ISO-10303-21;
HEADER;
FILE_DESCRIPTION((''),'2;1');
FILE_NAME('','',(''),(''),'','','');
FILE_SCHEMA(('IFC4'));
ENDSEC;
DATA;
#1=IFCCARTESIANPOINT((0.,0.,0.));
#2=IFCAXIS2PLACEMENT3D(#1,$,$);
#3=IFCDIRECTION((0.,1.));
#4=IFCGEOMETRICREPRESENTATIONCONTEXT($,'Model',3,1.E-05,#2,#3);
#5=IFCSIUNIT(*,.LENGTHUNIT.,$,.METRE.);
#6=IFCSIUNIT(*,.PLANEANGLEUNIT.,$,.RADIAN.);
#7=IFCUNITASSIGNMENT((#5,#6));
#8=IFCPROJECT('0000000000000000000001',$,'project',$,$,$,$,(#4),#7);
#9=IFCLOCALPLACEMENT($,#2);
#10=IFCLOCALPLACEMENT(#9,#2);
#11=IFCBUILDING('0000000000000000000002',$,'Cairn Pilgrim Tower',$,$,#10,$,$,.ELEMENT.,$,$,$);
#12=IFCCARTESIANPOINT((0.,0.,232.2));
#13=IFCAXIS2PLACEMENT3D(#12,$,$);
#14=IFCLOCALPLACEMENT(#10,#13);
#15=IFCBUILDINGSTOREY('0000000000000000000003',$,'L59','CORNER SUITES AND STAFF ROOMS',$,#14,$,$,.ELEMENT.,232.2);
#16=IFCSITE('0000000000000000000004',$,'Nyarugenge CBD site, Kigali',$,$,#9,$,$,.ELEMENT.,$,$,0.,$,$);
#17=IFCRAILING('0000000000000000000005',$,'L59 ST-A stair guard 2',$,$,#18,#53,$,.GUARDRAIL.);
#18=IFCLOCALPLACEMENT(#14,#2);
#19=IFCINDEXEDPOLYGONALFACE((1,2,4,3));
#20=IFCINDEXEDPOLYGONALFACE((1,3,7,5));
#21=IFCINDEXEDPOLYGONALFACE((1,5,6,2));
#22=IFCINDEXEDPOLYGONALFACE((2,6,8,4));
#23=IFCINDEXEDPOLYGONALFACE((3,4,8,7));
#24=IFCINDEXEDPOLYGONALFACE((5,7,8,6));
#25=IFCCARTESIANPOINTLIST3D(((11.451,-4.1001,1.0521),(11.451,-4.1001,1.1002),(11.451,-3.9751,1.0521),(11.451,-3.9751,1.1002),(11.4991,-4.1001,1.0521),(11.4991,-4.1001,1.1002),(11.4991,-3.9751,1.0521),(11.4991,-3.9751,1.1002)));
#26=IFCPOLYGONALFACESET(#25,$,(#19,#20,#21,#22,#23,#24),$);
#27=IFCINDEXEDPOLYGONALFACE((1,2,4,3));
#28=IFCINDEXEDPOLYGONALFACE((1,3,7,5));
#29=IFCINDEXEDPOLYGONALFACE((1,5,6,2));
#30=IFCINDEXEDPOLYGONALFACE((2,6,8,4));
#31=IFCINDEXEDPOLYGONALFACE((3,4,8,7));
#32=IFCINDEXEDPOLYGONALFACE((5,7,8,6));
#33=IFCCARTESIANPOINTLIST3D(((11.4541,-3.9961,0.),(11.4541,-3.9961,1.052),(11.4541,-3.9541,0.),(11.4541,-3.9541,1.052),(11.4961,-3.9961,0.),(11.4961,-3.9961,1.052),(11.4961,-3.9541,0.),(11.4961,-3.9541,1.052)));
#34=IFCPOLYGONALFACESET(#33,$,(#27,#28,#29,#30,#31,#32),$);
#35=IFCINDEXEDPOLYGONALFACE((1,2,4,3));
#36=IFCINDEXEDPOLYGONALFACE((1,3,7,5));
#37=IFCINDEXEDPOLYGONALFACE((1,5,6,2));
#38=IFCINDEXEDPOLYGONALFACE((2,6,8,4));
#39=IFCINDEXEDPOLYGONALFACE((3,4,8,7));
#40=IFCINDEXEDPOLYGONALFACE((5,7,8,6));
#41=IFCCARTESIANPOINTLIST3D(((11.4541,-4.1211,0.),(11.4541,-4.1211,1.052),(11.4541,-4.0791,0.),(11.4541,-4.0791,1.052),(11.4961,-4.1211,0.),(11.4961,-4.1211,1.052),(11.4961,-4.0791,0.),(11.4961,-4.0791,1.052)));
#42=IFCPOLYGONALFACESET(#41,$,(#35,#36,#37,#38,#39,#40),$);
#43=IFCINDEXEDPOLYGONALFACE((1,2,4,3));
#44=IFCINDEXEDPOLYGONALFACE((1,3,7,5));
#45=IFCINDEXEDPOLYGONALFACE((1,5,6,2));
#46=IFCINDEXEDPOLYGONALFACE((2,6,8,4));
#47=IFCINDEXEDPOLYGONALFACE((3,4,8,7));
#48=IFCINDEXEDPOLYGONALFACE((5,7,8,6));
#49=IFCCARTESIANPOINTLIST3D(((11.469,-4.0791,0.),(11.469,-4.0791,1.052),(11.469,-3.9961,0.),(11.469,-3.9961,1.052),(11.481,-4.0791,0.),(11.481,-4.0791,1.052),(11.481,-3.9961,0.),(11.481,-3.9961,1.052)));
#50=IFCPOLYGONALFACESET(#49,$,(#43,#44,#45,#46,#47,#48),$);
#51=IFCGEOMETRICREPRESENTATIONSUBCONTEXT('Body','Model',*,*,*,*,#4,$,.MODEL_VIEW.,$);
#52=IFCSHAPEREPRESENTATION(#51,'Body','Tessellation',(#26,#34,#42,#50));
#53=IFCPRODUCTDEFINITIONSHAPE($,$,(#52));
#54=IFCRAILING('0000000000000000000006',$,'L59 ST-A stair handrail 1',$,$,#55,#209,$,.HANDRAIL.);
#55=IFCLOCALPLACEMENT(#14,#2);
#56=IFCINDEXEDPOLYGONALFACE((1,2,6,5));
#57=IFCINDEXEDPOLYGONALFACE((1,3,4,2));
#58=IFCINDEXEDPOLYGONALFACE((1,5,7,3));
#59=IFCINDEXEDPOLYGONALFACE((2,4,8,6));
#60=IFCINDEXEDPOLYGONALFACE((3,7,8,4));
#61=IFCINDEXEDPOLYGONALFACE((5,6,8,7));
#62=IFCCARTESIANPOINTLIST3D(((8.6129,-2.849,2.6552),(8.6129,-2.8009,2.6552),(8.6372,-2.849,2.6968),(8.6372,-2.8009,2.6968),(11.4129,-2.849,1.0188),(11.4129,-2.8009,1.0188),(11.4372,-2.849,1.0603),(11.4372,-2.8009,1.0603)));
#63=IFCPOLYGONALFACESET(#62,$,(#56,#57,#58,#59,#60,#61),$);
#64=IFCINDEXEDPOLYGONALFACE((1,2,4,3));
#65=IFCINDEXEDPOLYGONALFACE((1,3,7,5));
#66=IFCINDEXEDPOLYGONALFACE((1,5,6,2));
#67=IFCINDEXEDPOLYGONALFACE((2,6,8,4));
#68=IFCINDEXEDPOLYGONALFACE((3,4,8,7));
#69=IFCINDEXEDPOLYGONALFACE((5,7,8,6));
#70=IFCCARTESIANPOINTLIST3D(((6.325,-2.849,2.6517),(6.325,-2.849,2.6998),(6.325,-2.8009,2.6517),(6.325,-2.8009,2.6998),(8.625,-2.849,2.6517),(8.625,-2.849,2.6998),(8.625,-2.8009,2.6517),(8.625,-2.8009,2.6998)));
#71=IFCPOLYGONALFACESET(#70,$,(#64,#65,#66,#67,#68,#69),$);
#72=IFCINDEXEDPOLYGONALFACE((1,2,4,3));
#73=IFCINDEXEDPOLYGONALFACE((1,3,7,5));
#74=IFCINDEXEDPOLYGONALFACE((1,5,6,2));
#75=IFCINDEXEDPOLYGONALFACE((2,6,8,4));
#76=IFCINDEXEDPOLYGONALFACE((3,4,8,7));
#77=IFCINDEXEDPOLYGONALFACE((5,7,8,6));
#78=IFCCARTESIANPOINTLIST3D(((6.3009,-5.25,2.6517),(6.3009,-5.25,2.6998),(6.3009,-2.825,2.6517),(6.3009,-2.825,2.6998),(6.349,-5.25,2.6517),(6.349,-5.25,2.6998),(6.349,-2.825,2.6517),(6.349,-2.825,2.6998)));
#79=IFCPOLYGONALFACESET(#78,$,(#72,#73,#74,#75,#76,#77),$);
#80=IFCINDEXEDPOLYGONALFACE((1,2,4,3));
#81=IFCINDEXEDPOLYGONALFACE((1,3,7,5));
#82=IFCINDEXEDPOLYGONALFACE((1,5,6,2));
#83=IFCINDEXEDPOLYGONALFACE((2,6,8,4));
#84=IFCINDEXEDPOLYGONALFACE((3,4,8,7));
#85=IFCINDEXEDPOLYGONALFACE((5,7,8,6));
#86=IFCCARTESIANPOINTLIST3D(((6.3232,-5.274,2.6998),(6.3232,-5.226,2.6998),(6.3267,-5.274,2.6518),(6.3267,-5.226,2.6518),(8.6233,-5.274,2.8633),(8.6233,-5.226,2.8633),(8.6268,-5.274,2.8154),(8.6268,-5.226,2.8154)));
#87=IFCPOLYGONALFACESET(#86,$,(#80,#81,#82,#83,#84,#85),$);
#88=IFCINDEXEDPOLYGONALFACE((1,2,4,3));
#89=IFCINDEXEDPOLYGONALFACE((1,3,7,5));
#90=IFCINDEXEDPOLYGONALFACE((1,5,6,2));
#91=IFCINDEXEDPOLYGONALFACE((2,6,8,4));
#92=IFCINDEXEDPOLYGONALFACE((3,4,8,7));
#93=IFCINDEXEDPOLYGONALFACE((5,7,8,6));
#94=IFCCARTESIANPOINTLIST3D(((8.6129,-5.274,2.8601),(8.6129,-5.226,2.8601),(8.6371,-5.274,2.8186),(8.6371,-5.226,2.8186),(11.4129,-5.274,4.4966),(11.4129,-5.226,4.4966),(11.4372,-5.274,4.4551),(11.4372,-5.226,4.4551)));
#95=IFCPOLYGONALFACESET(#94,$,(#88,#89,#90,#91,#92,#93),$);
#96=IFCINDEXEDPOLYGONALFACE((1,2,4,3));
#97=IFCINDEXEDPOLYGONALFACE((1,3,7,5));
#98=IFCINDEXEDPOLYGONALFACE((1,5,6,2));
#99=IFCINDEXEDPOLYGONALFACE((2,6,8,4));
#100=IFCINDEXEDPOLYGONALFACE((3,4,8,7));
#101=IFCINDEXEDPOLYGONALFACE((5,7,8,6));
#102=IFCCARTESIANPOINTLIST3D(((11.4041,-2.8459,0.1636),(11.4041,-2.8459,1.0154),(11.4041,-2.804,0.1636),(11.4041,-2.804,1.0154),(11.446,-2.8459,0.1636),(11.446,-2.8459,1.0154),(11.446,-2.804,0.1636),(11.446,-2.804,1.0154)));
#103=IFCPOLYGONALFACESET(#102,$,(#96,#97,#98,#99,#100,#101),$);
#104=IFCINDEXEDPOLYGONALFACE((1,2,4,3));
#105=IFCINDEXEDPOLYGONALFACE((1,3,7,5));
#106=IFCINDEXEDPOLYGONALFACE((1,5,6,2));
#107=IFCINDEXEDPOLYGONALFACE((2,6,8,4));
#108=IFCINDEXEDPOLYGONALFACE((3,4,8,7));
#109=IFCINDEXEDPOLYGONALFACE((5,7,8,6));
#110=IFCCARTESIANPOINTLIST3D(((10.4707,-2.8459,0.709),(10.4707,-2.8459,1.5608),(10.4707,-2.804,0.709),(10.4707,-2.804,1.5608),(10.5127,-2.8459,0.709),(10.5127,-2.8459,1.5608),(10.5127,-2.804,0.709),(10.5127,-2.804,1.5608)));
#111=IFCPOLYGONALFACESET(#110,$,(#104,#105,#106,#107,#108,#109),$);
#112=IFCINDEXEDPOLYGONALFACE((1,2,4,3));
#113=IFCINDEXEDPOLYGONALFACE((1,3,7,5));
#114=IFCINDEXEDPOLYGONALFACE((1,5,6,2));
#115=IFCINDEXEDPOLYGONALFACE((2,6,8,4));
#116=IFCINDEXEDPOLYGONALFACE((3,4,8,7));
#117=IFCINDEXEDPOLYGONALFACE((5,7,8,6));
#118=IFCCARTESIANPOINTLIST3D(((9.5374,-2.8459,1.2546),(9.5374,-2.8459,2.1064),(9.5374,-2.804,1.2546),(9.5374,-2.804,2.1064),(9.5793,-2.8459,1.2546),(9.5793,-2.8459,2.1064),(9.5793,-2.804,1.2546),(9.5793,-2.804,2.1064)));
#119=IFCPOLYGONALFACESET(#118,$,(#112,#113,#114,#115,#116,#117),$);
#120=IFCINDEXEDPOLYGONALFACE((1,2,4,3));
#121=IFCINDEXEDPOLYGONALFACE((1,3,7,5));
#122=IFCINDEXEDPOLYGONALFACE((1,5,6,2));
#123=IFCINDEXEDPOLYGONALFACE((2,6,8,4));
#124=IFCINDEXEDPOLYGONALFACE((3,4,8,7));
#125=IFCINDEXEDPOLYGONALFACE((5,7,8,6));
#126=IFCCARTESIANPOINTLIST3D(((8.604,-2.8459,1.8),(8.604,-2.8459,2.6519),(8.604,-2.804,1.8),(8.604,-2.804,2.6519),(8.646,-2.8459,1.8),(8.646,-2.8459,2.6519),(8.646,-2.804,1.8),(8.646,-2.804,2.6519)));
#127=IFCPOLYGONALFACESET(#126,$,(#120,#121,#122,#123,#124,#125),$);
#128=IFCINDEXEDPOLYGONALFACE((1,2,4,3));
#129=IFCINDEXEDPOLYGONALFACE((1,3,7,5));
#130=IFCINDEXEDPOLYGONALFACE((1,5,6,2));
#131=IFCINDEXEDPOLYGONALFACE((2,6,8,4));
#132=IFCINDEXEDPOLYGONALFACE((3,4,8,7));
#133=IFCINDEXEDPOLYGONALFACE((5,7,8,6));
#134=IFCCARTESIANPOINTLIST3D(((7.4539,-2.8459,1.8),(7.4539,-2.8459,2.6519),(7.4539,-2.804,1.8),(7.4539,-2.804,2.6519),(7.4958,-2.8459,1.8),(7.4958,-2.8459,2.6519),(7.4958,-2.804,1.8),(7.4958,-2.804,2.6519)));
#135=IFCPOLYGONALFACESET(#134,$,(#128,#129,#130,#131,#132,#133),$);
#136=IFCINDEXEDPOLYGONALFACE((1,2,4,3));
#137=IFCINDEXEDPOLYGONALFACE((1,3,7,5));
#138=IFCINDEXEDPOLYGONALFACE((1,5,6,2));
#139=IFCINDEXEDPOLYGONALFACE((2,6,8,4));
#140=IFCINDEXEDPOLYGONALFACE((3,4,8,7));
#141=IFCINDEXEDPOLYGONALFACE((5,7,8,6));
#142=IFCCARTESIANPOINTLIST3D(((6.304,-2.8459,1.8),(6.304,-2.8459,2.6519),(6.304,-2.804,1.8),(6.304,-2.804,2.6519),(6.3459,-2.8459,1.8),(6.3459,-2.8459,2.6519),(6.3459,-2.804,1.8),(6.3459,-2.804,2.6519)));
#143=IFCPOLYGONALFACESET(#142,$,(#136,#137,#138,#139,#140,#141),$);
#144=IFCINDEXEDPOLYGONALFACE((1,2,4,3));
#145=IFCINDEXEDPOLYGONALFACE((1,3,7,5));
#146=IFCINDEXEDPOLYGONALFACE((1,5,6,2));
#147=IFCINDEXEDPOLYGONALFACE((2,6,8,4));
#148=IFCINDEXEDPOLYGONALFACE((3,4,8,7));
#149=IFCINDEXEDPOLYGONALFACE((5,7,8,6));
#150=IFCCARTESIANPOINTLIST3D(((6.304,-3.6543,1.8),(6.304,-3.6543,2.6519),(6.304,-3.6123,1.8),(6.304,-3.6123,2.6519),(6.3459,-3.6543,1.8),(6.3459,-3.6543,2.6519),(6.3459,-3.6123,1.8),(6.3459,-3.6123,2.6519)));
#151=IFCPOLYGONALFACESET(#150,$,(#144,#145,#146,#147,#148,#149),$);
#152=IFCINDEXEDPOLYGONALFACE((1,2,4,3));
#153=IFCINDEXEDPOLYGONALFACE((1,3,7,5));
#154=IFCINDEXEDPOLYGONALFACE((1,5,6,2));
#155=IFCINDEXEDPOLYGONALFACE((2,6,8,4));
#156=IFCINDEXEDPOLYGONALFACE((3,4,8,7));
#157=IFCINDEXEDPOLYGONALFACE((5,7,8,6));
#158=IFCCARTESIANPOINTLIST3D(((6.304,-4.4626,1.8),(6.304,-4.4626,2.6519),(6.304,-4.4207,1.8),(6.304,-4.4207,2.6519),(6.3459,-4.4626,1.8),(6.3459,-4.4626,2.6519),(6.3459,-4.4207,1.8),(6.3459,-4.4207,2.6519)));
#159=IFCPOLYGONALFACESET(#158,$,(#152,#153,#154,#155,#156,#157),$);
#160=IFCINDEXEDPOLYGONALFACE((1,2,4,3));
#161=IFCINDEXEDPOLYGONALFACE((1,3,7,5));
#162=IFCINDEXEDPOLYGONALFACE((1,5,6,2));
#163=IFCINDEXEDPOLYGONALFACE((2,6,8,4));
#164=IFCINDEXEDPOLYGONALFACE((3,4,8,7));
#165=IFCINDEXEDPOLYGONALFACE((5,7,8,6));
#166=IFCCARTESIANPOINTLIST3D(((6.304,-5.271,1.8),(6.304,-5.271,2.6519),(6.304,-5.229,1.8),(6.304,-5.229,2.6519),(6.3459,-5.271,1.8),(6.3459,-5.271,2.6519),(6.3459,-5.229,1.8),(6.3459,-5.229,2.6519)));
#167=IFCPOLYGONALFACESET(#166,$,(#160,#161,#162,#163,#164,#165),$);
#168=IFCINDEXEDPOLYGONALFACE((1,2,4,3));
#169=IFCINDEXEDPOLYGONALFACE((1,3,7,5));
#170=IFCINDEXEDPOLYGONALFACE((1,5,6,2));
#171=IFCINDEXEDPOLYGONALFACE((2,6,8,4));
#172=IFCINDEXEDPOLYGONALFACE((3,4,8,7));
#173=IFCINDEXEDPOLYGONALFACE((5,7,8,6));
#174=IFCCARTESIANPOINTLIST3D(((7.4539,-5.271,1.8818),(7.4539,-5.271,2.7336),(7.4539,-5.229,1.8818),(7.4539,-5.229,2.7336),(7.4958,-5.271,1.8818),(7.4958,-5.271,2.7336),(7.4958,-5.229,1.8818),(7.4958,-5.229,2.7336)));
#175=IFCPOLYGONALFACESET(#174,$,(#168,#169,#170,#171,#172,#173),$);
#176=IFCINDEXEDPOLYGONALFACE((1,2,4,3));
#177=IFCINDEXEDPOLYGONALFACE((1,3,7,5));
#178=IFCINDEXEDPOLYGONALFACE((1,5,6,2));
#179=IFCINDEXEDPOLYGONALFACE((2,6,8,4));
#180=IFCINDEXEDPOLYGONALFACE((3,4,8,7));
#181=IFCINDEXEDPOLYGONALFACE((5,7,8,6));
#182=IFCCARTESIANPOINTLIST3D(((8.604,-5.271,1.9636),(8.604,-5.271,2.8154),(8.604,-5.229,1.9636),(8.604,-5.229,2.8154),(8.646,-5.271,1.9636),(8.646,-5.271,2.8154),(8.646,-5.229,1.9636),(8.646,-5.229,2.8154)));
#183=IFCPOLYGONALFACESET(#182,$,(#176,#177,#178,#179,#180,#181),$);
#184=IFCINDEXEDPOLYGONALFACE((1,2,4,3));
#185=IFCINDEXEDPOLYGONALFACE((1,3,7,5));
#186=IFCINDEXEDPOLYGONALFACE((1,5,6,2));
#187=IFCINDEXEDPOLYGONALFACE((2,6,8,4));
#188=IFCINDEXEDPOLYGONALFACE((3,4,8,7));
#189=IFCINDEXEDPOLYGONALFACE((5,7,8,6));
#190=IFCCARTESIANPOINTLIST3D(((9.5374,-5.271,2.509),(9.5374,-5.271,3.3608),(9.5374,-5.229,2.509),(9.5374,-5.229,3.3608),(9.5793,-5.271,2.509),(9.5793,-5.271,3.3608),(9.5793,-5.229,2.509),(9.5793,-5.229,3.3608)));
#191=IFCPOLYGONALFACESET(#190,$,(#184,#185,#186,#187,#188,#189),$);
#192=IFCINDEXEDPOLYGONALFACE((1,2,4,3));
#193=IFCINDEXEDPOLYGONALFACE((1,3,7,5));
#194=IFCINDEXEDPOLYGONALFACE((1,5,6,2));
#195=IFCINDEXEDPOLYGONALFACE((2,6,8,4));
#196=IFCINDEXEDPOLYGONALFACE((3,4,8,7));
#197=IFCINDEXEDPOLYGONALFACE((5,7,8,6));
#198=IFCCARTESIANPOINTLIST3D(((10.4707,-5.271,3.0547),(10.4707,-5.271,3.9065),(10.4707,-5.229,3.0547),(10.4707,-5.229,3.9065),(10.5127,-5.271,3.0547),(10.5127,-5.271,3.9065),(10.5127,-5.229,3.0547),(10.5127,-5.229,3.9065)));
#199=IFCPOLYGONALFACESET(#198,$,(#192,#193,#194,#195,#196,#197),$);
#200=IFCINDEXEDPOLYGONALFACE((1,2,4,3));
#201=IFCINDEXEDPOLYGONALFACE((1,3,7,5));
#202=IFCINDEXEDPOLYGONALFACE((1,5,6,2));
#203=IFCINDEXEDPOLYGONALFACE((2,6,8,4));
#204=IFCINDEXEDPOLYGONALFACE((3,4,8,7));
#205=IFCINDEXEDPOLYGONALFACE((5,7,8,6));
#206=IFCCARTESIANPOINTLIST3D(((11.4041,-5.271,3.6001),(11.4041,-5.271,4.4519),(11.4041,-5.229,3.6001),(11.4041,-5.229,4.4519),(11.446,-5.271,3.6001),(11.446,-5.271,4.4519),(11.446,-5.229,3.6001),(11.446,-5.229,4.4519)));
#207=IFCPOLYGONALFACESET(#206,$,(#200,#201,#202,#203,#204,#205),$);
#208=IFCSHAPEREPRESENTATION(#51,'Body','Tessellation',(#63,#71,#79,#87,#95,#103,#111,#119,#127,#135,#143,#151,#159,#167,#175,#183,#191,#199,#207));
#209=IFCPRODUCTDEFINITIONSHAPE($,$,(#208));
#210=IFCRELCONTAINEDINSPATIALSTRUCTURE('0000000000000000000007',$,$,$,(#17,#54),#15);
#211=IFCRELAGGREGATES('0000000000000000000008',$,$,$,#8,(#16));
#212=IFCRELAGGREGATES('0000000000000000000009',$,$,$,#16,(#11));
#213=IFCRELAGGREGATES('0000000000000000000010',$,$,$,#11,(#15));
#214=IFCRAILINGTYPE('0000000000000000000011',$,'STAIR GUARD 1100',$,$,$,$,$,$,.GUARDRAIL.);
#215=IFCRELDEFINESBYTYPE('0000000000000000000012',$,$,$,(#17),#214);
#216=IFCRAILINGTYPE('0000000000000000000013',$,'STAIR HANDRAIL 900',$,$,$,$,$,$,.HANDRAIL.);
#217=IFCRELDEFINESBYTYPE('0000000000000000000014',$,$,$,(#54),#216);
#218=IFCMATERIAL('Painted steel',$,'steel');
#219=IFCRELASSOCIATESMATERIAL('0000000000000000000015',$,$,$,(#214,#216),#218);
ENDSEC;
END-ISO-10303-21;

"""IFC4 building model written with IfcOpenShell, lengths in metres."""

from ifc_helpers import new_model, si_unit, direction, frame, origin, origin_2d, place, context, subcontext, project, spatial, polyline, rectangle, outline, extrude, material, type_object, element, save


model = new_model("IFC4")

# Units and contexts
model_context = context("Model", 3, precision=1e-05, world=origin(), true_north=direction((0.0, 1.0)))
body_context = subcontext(model_context, "Body", "Model", "MODEL_VIEW")
ifc_project = project(units=[si_unit("LENGTHUNIT", "METRE"), si_unit("PLANEANGLEUNIT", "RADIAN")], contexts=[model_context])

# Site, building, storey
site_placement = place(None, origin())
site = spatial("IfcSite", under=ifc_project, at=site_placement, Name="Nyarugenge CBD site, Kigali", CompositionType="ELEMENT", RefElevation=0.0)
building_placement = place(site_placement, origin())
building = spatial("IfcBuilding", under=site, at=building_placement, Name="Cairn Pilgrim Tower", CompositionType="ELEMENT")
storey_placement = place(building_placement, frame((0.0, 0.0, 232.2)))
storey = spatial("IfcBuildingStorey", under=building, at=storey_placement, Name="L59", Description="CORNER SUITES AND STAFF ROOMS", CompositionType="ELEMENT", Elevation=232.2)

# Shared definitions
ifc_material_1 = material(Name="Painted steel", Category="steel")

# Railings
railing_type_1 = type_object("IfcRailingType", Name="STAIR GUARD 1100", PredefinedType="GUARDRAIL", material=ifc_material_1)
railing_1_placement = place(storey_placement, frame((11.4751, -3.9751, 0.0)))
element("IfcRailing", 1, at=railing_1_placement, inside=storey, type_object=railing_type_1, Name="L59 ST-A stair guard 2", PredefinedType="GUARDRAIL", context=body_context, shape_type="SweptSolid", body=[
    extrude(rectangle(XDim=0.0481, YDim=0.0481, at=origin_2d()), frame((0.0, 0.0, 1.0762), z_axis=(0.0, -1.0, 0.0), x_axis=(1.0, 0.0, 0.0)), (0.0, 0.0, 1.0), 0.125),
    extrude(rectangle(XDim=0.042, YDim=0.042, at=origin_2d()), origin(), (0.0, 0.0, 1.0), 1.052),
    extrude(rectangle(XDim=0.042, YDim=0.042, at=origin_2d()), frame((0.0, -0.125, 0.0)), (0.0, 0.0, 1.0), 1.052),
    extrude(outline(polyline([(0.021, 0.0), (0.104, 0.0), (0.104, 1.052), (0.021, 1.052), (0.021, 0.0)])), frame((0.0059, 0.0, 0.0), z_axis=(-1.0, 0.0, 0.0), x_axis=(0.0, -1.0, 0.0)), (0.0, 0.0, 1.0), 0.012),
])
railing_type_2 = type_object("IfcRailingType", Name="STAIR HANDRAIL 900", PredefinedType="HANDRAIL", material=ifc_material_1)
railing_2_placement = place(storey_placement, frame((11.425, -2.825, 0.1636)))
element("IfcRailing", 2, at=railing_2_placement, inside=storey, type_object=railing_type_2, Name="L59 ST-A stair handrail 1", PredefinedType="HANDRAIL", context=body_context, shape_type="SweptSolid", body=[
    extrude(rectangle(XDim=0.0481, YDim=0.0481, at=origin_2d()), frame((0.0, 0.0, 0.876), z_axis=(-0.863361, 0.0, 0.504587), x_axis=(0.0, -1.0, 0.0)), (0.0, 0.0, 1.0), 3.2432),
    extrude(rectangle(XDim=0.0481, YDim=0.0481, at=origin_2d()), frame((-2.8, 0.0, 2.5122), z_axis=(-1.0, 0.0, 0.0), x_axis=(0.0, -1.0, 0.0)), (0.0, 0.0, 1.0), 2.3),
    extrude(rectangle(XDim=0.0481, YDim=0.0481, at=origin_2d()), frame((-5.1001, 0.0, 2.5122), z_axis=(0.0, -1.0, 0.0), x_axis=(1.0, 0.0, 0.0)), (0.0, 0.0, 1.0), 2.425),
    extrude(rectangle(XDim=0.0481, YDim=0.0481, at=origin_2d()), frame((-5.1001, -2.425, 2.5122), z_axis=(0.997481, 0.0, 0.070939), x_axis=(0.0, 1.0, 0.0)), (0.0, 0.0, 1.0), 2.3059),
    extrude(rectangle(XDim=0.0481, YDim=0.0481, at=origin_2d()), frame((-2.8, -2.425, 2.6758), z_axis=(0.863361, 0.0, 0.504587), x_axis=(0.0, 1.0, 0.0)), (0.0, 0.0, 1.0), 3.2432),
    extrude(rectangle(XDim=0.042, YDim=0.042, at=origin_2d()), origin(), (0.0, 0.0, 1.0), 0.8518),
    extrude(rectangle(XDim=0.042, YDim=0.042, at=origin_2d()), frame((-0.9333, 0.0, 0.5454)), (0.0, 0.0, 1.0), 0.8518),
    extrude(rectangle(XDim=0.042, YDim=0.042, at=origin_2d()), frame((-1.8667, 0.0, 1.0911)), (0.0, 0.0, 1.0), 0.8518),
    extrude(rectangle(XDim=0.042, YDim=0.042, at=origin_2d()), frame((-2.8, 0.0, 1.6365)), (0.0, 0.0, 1.0), 0.8518),
    extrude(rectangle(XDim=0.042, YDim=0.042, at=origin_2d()), frame((-3.9502, 0.0, 1.6365)), (0.0, 0.0, 1.0), 0.8518),
    extrude(rectangle(XDim=0.042, YDim=0.042, at=origin_2d()), frame((-5.1001, 0.0, 1.6365)), (0.0, 0.0, 1.0), 0.8518),
    extrude(rectangle(XDim=0.042, YDim=0.042, at=origin_2d()), frame((-5.1001, -0.8083, 1.6365)), (0.0, 0.0, 1.0), 0.8518),
    extrude(rectangle(XDim=0.042, YDim=0.042, at=origin_2d()), frame((-5.1001, -1.6167, 1.6365)), (0.0, 0.0, 1.0), 0.8518),
    extrude(rectangle(XDim=0.042, YDim=0.042, at=origin_2d()), frame((-5.1001, -2.425, 1.6365)), (0.0, 0.0, 1.0), 0.8518),
    extrude(rectangle(XDim=0.042, YDim=0.042, at=origin_2d()), frame((-3.9502, -2.425, 1.7183)), (0.0, 0.0, 1.0), 0.8518),
    extrude(rectangle(XDim=0.042, YDim=0.042, at=origin_2d()), frame((-2.8, -2.425, 1.8)), (0.0, 0.0, 1.0), 0.8518),
    extrude(rectangle(XDim=0.042, YDim=0.042, at=origin_2d()), frame((-1.8667, -2.425, 2.3455)), (0.0, 0.0, 1.0), 0.8518),
    extrude(rectangle(XDim=0.042, YDim=0.042, at=origin_2d()), frame((-0.9333, -2.425, 2.8911)), (0.0, 0.0, 1.0), 0.8518),
    extrude(rectangle(XDim=0.042, YDim=0.042, at=origin_2d()), frame((0.0, -2.425, 3.4365)), (0.0, 0.0, 1.0), 0.8518),
])

save(model, "model.ifc")
